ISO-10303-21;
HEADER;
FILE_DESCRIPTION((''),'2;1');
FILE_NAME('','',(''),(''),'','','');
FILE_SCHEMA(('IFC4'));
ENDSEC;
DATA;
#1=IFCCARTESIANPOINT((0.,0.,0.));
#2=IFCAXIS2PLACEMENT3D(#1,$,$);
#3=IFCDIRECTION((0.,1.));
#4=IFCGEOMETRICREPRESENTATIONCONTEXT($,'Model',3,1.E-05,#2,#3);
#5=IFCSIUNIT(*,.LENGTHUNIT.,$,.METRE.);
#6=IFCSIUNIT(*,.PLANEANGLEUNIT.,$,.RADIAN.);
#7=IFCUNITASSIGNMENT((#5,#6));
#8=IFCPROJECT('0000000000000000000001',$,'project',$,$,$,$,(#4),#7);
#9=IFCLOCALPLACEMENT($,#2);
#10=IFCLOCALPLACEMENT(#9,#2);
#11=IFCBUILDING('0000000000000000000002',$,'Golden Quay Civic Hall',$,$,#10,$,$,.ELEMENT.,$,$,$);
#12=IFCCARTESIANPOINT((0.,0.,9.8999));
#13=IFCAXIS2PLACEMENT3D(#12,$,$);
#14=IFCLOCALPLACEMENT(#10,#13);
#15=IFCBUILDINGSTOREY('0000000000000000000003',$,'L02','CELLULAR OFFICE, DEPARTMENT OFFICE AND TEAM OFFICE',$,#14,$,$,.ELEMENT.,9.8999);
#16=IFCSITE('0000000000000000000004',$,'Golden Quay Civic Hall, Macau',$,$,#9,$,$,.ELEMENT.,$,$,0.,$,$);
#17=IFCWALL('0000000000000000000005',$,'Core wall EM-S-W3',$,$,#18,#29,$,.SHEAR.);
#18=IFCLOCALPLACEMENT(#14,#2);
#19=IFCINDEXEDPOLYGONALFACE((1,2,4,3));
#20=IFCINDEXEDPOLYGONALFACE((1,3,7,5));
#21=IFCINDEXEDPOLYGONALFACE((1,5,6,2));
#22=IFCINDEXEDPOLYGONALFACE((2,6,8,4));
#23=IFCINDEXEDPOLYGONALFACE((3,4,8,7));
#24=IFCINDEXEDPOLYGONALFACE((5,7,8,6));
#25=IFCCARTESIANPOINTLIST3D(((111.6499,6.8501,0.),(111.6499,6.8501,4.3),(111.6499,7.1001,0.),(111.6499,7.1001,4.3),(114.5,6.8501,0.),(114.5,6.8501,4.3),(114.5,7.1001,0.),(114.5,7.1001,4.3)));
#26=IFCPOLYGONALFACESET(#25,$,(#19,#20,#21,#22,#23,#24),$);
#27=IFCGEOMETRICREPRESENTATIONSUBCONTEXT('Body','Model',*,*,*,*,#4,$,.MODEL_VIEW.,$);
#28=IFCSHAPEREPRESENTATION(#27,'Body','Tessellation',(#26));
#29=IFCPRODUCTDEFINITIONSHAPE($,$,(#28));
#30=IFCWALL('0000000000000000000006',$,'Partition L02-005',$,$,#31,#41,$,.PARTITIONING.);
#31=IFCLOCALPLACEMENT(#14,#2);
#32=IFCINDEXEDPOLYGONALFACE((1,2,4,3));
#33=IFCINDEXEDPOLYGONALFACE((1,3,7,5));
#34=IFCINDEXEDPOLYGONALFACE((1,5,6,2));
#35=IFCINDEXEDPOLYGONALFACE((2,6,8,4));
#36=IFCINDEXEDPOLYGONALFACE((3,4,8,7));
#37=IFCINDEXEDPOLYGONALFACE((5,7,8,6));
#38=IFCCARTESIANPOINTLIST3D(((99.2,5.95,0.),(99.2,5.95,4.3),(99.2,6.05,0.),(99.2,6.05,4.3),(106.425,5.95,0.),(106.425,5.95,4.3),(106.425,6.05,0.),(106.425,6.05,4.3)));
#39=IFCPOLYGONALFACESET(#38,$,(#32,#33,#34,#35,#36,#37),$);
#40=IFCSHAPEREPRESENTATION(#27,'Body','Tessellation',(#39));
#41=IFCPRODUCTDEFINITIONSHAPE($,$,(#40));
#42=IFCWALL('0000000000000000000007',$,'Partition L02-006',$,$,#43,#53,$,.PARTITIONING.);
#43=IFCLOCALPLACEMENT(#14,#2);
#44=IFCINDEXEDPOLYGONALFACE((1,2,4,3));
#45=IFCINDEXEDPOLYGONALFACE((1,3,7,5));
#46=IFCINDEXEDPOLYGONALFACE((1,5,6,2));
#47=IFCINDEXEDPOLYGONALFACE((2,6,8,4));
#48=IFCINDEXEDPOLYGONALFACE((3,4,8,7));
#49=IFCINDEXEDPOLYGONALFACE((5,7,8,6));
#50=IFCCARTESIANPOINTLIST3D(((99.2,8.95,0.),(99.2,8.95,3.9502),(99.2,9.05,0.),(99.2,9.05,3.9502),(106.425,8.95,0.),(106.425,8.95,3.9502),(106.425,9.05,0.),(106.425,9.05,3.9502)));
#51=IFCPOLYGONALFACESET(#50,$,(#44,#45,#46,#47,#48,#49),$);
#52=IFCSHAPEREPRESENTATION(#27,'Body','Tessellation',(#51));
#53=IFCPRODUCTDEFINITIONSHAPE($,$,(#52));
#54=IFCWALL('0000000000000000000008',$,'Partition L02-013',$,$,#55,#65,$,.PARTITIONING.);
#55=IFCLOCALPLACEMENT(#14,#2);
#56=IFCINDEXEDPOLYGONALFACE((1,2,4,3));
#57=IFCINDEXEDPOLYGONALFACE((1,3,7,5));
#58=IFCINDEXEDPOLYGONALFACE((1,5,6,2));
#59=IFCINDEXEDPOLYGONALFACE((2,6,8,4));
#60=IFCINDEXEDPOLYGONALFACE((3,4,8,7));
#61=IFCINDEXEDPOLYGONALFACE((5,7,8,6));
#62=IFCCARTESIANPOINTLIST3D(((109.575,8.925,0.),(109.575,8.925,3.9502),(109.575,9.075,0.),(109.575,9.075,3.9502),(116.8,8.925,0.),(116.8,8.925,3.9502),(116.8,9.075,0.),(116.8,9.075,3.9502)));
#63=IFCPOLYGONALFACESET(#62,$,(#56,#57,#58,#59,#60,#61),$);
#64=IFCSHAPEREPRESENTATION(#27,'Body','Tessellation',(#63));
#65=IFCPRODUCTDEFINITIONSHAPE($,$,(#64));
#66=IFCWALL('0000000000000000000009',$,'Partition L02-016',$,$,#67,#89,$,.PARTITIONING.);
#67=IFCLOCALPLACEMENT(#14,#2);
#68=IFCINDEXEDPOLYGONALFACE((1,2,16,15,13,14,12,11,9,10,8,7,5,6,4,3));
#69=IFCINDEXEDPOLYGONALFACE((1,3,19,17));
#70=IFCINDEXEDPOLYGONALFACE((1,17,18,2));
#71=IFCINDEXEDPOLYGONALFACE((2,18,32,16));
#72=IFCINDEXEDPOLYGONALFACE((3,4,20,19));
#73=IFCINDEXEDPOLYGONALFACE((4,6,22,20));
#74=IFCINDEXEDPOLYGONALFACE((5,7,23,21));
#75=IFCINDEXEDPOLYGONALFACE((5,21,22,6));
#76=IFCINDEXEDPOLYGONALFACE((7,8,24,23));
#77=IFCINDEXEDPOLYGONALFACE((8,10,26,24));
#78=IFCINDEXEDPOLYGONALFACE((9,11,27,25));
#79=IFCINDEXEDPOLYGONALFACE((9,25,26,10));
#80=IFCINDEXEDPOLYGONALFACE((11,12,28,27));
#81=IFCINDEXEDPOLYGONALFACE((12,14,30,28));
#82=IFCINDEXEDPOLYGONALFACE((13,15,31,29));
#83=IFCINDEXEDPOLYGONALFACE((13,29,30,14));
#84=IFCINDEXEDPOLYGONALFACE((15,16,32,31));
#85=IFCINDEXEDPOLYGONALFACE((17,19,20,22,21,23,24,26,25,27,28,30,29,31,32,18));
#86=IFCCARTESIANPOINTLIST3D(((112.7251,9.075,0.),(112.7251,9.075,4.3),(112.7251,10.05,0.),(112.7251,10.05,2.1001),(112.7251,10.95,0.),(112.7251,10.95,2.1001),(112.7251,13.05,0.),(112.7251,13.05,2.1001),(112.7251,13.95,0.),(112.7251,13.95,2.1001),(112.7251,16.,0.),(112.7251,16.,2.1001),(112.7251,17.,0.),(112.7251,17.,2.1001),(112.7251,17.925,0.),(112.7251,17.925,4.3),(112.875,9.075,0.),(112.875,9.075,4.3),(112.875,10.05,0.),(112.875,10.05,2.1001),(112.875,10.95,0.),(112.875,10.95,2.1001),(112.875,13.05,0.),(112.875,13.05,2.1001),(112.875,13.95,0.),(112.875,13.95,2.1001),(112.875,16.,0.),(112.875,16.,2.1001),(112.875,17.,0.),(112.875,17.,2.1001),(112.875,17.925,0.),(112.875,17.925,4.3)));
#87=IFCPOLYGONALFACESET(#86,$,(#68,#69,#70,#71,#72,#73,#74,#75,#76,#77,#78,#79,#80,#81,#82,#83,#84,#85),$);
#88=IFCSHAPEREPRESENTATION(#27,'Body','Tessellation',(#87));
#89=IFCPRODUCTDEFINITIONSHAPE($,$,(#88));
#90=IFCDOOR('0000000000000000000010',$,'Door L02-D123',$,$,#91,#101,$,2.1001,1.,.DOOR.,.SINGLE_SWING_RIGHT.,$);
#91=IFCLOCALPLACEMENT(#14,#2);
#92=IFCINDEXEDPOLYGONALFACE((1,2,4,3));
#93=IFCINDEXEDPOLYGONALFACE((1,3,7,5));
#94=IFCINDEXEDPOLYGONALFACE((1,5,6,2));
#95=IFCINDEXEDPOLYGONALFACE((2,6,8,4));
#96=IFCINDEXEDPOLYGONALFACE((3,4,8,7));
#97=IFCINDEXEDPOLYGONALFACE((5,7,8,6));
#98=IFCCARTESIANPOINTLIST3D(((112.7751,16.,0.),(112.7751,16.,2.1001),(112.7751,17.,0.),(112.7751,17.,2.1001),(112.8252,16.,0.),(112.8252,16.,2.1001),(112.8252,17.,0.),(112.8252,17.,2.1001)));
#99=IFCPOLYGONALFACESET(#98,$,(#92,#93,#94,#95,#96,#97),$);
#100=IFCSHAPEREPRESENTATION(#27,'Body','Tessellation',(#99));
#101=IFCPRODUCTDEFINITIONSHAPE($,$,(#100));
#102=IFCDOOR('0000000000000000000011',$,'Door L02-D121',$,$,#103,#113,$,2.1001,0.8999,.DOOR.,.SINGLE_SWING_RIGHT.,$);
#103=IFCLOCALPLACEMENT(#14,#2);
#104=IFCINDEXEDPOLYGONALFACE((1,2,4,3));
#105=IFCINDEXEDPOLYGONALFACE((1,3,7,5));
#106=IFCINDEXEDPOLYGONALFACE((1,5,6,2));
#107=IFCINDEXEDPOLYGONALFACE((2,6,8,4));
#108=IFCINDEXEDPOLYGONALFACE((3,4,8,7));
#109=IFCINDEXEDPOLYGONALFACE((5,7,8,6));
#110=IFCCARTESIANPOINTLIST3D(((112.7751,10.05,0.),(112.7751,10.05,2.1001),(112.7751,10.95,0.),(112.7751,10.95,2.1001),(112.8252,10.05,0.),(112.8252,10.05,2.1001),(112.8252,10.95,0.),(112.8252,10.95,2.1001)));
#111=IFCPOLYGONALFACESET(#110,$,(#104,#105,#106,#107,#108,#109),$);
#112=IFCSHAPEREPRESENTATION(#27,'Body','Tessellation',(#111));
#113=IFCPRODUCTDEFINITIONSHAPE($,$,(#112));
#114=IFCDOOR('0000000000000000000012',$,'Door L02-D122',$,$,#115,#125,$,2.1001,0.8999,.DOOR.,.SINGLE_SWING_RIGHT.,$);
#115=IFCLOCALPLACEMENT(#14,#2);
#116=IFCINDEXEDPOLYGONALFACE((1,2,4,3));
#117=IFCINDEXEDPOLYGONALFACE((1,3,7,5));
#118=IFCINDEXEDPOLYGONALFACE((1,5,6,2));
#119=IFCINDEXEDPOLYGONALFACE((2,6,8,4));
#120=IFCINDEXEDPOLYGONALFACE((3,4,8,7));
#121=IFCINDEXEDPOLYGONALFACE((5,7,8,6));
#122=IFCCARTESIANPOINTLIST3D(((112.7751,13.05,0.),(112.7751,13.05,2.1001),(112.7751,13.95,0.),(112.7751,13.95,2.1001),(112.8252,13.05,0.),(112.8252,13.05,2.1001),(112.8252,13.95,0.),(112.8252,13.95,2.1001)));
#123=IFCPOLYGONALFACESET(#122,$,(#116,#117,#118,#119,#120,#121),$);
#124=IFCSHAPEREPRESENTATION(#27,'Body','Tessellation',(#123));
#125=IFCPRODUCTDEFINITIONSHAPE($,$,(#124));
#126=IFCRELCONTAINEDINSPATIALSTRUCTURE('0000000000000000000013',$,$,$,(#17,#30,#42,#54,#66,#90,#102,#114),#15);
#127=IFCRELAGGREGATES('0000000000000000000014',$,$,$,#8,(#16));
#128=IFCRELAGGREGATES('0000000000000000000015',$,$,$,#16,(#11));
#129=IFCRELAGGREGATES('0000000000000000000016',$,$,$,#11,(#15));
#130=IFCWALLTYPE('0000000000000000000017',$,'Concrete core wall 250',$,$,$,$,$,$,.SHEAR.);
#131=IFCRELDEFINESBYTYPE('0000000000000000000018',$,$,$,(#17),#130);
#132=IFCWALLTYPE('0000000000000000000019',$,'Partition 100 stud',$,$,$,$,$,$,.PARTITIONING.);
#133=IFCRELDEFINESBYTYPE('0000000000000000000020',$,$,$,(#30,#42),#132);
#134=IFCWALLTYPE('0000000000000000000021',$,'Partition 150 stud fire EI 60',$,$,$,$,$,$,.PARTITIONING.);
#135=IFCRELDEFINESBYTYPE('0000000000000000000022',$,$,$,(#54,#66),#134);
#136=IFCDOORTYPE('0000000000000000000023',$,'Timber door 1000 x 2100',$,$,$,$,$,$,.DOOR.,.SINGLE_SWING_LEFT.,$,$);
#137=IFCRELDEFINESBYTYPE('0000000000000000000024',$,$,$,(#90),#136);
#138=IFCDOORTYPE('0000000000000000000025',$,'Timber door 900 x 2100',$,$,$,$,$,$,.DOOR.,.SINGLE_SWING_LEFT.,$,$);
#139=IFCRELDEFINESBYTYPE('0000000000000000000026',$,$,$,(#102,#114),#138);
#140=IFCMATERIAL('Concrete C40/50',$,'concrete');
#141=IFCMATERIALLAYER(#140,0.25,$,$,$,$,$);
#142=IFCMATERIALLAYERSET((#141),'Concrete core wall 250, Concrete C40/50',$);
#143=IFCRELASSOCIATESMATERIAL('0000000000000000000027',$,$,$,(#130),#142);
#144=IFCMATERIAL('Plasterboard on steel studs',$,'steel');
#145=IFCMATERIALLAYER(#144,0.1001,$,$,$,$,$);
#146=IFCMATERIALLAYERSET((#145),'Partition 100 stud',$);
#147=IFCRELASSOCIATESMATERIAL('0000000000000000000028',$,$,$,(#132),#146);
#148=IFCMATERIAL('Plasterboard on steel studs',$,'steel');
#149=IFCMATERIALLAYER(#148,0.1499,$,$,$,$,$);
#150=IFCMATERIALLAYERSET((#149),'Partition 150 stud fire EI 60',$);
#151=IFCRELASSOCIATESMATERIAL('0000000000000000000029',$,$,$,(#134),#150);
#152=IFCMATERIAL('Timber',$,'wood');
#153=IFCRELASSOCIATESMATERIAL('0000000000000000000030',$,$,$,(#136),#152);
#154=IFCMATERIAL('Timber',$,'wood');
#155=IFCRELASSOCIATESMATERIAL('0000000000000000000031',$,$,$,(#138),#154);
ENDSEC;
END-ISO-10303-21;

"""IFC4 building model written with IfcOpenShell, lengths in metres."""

from ifc_helpers import new_model, si_unit, direction, frame, frame_2d, origin, place, context, subcontext, project, spatial, rectangle, extrude, material, layer, layer_set, type_object, element, fill, save


model = new_model("IFC4")

# Units and contexts
model_context = context("Model", 3, precision=1e-05, world=origin(), true_north=direction((0.0, 1.0)))
body_context = subcontext(model_context, "Body", "Model", "MODEL_VIEW")
ifc_project = project(units=[si_unit("LENGTHUNIT", "METRE"), si_unit("PLANEANGLEUNIT", "RADIAN")], contexts=[model_context])

# Site, building, storey
site_placement = place(None, origin())
site = spatial("IfcSite", under=ifc_project, at=site_placement, Name="Golden Quay Civic Hall, Macau", CompositionType="ELEMENT", RefElevation=0.0)
building_placement = place(site_placement, origin())
building = spatial("IfcBuilding", under=site, at=building_placement, Name="Golden Quay Civic Hall", CompositionType="ELEMENT")
storey_placement = place(building_placement, frame((0.0, 0.0, 9.8999)))
storey = spatial("IfcBuildingStorey", under=building, at=storey_placement, Name="L02", Description="CELLULAR OFFICE, DEPARTMENT OFFICE AND TEAM OFFICE", CompositionType="ELEMENT", Elevation=9.8999)

# Walls
ifc_material_1 = material(Name="Concrete C40/50", Category="concrete")
ifc_layer_1 = layer(ifc_material_1, 0.25)
ifc_layer_set_1 = layer_set([ifc_layer_1], Name="Concrete core wall 250, Concrete C40/50")
wall_type_1 = type_object("IfcWallType", Name="Concrete core wall 250", PredefinedType="SHEAR", material=ifc_layer_set_1)
wall_1_placement = place(storey_placement, frame((111.6499, 6.9751, 0.0), z_axis=(0.0, 0.0, 1.0), x_axis=(1.0, 0.0, 0.0)))
element("IfcWall", 1, at=wall_1_placement, inside=storey, type_object=wall_type_1, Name="Core wall EM-S-W3", PredefinedType="SHEAR", context=body_context, shape_type="SweptSolid", body=[
    extrude(rectangle(XDim=2.8501, YDim=0.25, at=frame_2d((1.425, 0.0))), origin(), (0.0, 0.0, 1.0), 4.3),
])
ifc_material_2 = material(Name="Plasterboard on steel studs", Category="steel")
ifc_layer_2 = layer(ifc_material_2, 0.1001)
ifc_layer_set_2 = layer_set([ifc_layer_2], Name="Partition 100 stud")
wall_type_2 = type_object("IfcWallType", Name="Partition 100 stud", PredefinedType="PARTITIONING", material=ifc_layer_set_2)
wall_2_placement = place(storey_placement, frame((99.2, 6.0, 0.0), z_axis=(0.0, 0.0, 1.0), x_axis=(1.0, 0.0, 0.0)))
element("IfcWall", 2, at=wall_2_placement, inside=storey, type_object=wall_type_2, Name="Partition L02-005", PredefinedType="PARTITIONING", context=body_context, shape_type="SweptSolid", body=[
    extrude(rectangle(XDim=7.2251, YDim=0.1001, at=frame_2d((3.6125, 0.0))), origin(), (0.0, 0.0, 1.0), 4.3),
])
wall_3_placement = place(storey_placement, frame((99.2, 9.0, 0.0), z_axis=(0.0, 0.0, 1.0), x_axis=(1.0, 0.0, 0.0)))
element("IfcWall", 3, at=wall_3_placement, inside=storey, type_object=wall_type_2, Name="Partition L02-006", PredefinedType="PARTITIONING", context=body_context, shape_type="SweptSolid", body=[
    extrude(rectangle(XDim=7.2251, YDim=0.1001, at=frame_2d((3.6125, 0.0))), origin(), (0.0, 0.0, 1.0), 3.9502),
])
ifc_material_3 = material(Name="Plasterboard on steel studs", Category="steel")
ifc_layer_3 = layer(ifc_material_3, 0.1499)
ifc_layer_set_3 = layer_set([ifc_layer_3], Name="Partition 150 stud fire EI 60")
wall_type_3 = type_object("IfcWallType", Name="Partition 150 stud fire EI 60", PredefinedType="PARTITIONING", material=ifc_layer_set_3)
wall_4_placement = place(storey_placement, frame((109.575, 9.0, 0.0), z_axis=(0.0, 0.0, 1.0), x_axis=(1.0, 0.0, 0.0)))
element("IfcWall", 4, at=wall_4_placement, inside=storey, type_object=wall_type_3, Name="Partition L02-013", PredefinedType="PARTITIONING", context=body_context, shape_type="SweptSolid", body=[
    extrude(rectangle(XDim=7.2251, YDim=0.1499, at=frame_2d((3.6125, 0.0))), origin(), (0.0, 0.0, 1.0), 3.9502),
])

# Wall, openings, doors
wall_5_placement = place(storey_placement, frame((112.8, 9.075, 0.0), z_axis=(0.0, 0.0, 1.0), x_axis=(0.0, 1.0, 0.0)))
wall_5 = element("IfcWall", 5, at=wall_5_placement, inside=storey, type_object=wall_type_3, Name="Partition L02-016", PredefinedType="PARTITIONING", context=body_context, shape_type="SweptSolid", body=[
    extrude(rectangle(XDim=8.8501, YDim=0.1499, at=frame_2d((4.425, 0.0))), origin(), (0.0, 0.0, 1.0), 4.3),
])
opening_1_placement = place(wall_5_placement, frame((0.9751, 0.0, 0.0)))
opening_1 = element("IfcOpeningElement", 6, at=opening_1_placement, cuts=wall_5, PredefinedType="OPENING", context=body_context, shape_type="SweptSolid", body=[
    extrude(rectangle(XDim=0.8999, YDim=2.1001, at=frame_2d((0.45, 1.05))), frame((0.0, 0.085, 0.0), z_axis=(0.0, -1.0, 0.0), x_axis=(1.0, 0.0, 0.0)), (0.0, 0.0, 1.0), 0.1699),
])
opening_2_placement = place(wall_5_placement, frame((3.9751, 0.0, 0.0)))
opening_2 = element("IfcOpeningElement", 7, at=opening_2_placement, cuts=wall_5, PredefinedType="OPENING", context=body_context, shape_type="SweptSolid", body=[
    extrude(rectangle(XDim=0.8999, YDim=2.1001, at=frame_2d((0.45, 1.05))), frame((0.0, 0.085, 0.0), z_axis=(0.0, -1.0, 0.0), x_axis=(1.0, 0.0, 0.0)), (0.0, 0.0, 1.0), 0.1699),
])
opening_3_placement = place(wall_5_placement, frame((6.925, 0.0, 0.0)))
opening_3 = element("IfcOpeningElement", 8, at=opening_3_placement, cuts=wall_5, PredefinedType="OPENING", context=body_context, shape_type="SweptSolid", body=[
    extrude(rectangle(XDim=1.0, YDim=2.1001, at=frame_2d((0.5, 1.05))), frame((0.0, 0.085, 0.0), z_axis=(0.0, -1.0, 0.0), x_axis=(1.0, 0.0, 0.0)), (0.0, 0.0, 1.0), 0.1699),
])
ifc_material_4 = material(Name="Timber", Category="wood")
door_type_1 = type_object("IfcDoorType", Name="Timber door 1000 x 2100", OperationType="SINGLE_SWING_LEFT", PredefinedType="DOOR", material=ifc_material_4)
door_1_placement = place(opening_3_placement, frame((1.0, 0.0, 0.0), z_axis=(0.0, 0.0, 1.0), x_axis=(-1.0, 0.0, 0.0)))
door_1 = element("IfcDoor", 9, at=door_1_placement, inside=storey, type_object=door_type_1, Name="Door L02-D123", OperationType="SINGLE_SWING_RIGHT", OverallHeight=2.1001, OverallWidth=1.0, PredefinedType="DOOR", context=body_context, shape_type="SweptSolid", body=[
    extrude(rectangle(XDim=1.0, YDim=2.1001, at=frame_2d((0.5, 1.05))), frame((0.0, 0.0251, 0.0), z_axis=(0.0, -1.0, 0.0), x_axis=(1.0, 0.0, 0.0)), (0.0, 0.0, 1.0), 0.05),
])
fill(opening_3, door_1)
ifc_material_5 = material(Name="Timber", Category="wood")
door_type_2 = type_object("IfcDoorType", Name="Timber door 900 x 2100", OperationType="SINGLE_SWING_LEFT", PredefinedType="DOOR", material=ifc_material_5)
door_2_placement = place(opening_1_placement, frame((0.8999, 0.0, 0.0), z_axis=(0.0, 0.0, 1.0), x_axis=(-1.0, 0.0, 0.0)))
door_2 = element("IfcDoor", 10, at=door_2_placement, inside=storey, type_object=door_type_2, Name="Door L02-D121", OperationType="SINGLE_SWING_RIGHT", OverallHeight=2.1001, OverallWidth=0.8999, PredefinedType="DOOR", context=body_context, shape_type="SweptSolid", body=[
    extrude(rectangle(XDim=0.8999, YDim=2.1001, at=frame_2d((0.45, 1.05))), frame((0.0, 0.0251, 0.0), z_axis=(0.0, -1.0, 0.0), x_axis=(1.0, 0.0, 0.0)), (0.0, 0.0, 1.0), 0.05),
])
fill(opening_1, door_2)
door_3_placement = place(opening_2_placement, frame((0.8999, 0.0, 0.0), z_axis=(0.0, 0.0, 1.0), x_axis=(-1.0, 0.0, 0.0)))
door_3 = element("IfcDoor", 11, at=door_3_placement, inside=storey, type_object=door_type_2, Name="Door L02-D122", OperationType="SINGLE_SWING_RIGHT", OverallHeight=2.1001, OverallWidth=0.8999, PredefinedType="DOOR", context=body_context, shape_type="SweptSolid", body=[
    extrude(rectangle(XDim=0.8999, YDim=2.1001, at=frame_2d((0.45, 1.05))), frame((0.0, 0.0251, 0.0), z_axis=(0.0, -1.0, 0.0), x_axis=(1.0, 0.0, 0.0)), (0.0, 0.0, 1.0), 0.05),
])
fill(opening_2, door_3)

save(model, "model.ifc")
